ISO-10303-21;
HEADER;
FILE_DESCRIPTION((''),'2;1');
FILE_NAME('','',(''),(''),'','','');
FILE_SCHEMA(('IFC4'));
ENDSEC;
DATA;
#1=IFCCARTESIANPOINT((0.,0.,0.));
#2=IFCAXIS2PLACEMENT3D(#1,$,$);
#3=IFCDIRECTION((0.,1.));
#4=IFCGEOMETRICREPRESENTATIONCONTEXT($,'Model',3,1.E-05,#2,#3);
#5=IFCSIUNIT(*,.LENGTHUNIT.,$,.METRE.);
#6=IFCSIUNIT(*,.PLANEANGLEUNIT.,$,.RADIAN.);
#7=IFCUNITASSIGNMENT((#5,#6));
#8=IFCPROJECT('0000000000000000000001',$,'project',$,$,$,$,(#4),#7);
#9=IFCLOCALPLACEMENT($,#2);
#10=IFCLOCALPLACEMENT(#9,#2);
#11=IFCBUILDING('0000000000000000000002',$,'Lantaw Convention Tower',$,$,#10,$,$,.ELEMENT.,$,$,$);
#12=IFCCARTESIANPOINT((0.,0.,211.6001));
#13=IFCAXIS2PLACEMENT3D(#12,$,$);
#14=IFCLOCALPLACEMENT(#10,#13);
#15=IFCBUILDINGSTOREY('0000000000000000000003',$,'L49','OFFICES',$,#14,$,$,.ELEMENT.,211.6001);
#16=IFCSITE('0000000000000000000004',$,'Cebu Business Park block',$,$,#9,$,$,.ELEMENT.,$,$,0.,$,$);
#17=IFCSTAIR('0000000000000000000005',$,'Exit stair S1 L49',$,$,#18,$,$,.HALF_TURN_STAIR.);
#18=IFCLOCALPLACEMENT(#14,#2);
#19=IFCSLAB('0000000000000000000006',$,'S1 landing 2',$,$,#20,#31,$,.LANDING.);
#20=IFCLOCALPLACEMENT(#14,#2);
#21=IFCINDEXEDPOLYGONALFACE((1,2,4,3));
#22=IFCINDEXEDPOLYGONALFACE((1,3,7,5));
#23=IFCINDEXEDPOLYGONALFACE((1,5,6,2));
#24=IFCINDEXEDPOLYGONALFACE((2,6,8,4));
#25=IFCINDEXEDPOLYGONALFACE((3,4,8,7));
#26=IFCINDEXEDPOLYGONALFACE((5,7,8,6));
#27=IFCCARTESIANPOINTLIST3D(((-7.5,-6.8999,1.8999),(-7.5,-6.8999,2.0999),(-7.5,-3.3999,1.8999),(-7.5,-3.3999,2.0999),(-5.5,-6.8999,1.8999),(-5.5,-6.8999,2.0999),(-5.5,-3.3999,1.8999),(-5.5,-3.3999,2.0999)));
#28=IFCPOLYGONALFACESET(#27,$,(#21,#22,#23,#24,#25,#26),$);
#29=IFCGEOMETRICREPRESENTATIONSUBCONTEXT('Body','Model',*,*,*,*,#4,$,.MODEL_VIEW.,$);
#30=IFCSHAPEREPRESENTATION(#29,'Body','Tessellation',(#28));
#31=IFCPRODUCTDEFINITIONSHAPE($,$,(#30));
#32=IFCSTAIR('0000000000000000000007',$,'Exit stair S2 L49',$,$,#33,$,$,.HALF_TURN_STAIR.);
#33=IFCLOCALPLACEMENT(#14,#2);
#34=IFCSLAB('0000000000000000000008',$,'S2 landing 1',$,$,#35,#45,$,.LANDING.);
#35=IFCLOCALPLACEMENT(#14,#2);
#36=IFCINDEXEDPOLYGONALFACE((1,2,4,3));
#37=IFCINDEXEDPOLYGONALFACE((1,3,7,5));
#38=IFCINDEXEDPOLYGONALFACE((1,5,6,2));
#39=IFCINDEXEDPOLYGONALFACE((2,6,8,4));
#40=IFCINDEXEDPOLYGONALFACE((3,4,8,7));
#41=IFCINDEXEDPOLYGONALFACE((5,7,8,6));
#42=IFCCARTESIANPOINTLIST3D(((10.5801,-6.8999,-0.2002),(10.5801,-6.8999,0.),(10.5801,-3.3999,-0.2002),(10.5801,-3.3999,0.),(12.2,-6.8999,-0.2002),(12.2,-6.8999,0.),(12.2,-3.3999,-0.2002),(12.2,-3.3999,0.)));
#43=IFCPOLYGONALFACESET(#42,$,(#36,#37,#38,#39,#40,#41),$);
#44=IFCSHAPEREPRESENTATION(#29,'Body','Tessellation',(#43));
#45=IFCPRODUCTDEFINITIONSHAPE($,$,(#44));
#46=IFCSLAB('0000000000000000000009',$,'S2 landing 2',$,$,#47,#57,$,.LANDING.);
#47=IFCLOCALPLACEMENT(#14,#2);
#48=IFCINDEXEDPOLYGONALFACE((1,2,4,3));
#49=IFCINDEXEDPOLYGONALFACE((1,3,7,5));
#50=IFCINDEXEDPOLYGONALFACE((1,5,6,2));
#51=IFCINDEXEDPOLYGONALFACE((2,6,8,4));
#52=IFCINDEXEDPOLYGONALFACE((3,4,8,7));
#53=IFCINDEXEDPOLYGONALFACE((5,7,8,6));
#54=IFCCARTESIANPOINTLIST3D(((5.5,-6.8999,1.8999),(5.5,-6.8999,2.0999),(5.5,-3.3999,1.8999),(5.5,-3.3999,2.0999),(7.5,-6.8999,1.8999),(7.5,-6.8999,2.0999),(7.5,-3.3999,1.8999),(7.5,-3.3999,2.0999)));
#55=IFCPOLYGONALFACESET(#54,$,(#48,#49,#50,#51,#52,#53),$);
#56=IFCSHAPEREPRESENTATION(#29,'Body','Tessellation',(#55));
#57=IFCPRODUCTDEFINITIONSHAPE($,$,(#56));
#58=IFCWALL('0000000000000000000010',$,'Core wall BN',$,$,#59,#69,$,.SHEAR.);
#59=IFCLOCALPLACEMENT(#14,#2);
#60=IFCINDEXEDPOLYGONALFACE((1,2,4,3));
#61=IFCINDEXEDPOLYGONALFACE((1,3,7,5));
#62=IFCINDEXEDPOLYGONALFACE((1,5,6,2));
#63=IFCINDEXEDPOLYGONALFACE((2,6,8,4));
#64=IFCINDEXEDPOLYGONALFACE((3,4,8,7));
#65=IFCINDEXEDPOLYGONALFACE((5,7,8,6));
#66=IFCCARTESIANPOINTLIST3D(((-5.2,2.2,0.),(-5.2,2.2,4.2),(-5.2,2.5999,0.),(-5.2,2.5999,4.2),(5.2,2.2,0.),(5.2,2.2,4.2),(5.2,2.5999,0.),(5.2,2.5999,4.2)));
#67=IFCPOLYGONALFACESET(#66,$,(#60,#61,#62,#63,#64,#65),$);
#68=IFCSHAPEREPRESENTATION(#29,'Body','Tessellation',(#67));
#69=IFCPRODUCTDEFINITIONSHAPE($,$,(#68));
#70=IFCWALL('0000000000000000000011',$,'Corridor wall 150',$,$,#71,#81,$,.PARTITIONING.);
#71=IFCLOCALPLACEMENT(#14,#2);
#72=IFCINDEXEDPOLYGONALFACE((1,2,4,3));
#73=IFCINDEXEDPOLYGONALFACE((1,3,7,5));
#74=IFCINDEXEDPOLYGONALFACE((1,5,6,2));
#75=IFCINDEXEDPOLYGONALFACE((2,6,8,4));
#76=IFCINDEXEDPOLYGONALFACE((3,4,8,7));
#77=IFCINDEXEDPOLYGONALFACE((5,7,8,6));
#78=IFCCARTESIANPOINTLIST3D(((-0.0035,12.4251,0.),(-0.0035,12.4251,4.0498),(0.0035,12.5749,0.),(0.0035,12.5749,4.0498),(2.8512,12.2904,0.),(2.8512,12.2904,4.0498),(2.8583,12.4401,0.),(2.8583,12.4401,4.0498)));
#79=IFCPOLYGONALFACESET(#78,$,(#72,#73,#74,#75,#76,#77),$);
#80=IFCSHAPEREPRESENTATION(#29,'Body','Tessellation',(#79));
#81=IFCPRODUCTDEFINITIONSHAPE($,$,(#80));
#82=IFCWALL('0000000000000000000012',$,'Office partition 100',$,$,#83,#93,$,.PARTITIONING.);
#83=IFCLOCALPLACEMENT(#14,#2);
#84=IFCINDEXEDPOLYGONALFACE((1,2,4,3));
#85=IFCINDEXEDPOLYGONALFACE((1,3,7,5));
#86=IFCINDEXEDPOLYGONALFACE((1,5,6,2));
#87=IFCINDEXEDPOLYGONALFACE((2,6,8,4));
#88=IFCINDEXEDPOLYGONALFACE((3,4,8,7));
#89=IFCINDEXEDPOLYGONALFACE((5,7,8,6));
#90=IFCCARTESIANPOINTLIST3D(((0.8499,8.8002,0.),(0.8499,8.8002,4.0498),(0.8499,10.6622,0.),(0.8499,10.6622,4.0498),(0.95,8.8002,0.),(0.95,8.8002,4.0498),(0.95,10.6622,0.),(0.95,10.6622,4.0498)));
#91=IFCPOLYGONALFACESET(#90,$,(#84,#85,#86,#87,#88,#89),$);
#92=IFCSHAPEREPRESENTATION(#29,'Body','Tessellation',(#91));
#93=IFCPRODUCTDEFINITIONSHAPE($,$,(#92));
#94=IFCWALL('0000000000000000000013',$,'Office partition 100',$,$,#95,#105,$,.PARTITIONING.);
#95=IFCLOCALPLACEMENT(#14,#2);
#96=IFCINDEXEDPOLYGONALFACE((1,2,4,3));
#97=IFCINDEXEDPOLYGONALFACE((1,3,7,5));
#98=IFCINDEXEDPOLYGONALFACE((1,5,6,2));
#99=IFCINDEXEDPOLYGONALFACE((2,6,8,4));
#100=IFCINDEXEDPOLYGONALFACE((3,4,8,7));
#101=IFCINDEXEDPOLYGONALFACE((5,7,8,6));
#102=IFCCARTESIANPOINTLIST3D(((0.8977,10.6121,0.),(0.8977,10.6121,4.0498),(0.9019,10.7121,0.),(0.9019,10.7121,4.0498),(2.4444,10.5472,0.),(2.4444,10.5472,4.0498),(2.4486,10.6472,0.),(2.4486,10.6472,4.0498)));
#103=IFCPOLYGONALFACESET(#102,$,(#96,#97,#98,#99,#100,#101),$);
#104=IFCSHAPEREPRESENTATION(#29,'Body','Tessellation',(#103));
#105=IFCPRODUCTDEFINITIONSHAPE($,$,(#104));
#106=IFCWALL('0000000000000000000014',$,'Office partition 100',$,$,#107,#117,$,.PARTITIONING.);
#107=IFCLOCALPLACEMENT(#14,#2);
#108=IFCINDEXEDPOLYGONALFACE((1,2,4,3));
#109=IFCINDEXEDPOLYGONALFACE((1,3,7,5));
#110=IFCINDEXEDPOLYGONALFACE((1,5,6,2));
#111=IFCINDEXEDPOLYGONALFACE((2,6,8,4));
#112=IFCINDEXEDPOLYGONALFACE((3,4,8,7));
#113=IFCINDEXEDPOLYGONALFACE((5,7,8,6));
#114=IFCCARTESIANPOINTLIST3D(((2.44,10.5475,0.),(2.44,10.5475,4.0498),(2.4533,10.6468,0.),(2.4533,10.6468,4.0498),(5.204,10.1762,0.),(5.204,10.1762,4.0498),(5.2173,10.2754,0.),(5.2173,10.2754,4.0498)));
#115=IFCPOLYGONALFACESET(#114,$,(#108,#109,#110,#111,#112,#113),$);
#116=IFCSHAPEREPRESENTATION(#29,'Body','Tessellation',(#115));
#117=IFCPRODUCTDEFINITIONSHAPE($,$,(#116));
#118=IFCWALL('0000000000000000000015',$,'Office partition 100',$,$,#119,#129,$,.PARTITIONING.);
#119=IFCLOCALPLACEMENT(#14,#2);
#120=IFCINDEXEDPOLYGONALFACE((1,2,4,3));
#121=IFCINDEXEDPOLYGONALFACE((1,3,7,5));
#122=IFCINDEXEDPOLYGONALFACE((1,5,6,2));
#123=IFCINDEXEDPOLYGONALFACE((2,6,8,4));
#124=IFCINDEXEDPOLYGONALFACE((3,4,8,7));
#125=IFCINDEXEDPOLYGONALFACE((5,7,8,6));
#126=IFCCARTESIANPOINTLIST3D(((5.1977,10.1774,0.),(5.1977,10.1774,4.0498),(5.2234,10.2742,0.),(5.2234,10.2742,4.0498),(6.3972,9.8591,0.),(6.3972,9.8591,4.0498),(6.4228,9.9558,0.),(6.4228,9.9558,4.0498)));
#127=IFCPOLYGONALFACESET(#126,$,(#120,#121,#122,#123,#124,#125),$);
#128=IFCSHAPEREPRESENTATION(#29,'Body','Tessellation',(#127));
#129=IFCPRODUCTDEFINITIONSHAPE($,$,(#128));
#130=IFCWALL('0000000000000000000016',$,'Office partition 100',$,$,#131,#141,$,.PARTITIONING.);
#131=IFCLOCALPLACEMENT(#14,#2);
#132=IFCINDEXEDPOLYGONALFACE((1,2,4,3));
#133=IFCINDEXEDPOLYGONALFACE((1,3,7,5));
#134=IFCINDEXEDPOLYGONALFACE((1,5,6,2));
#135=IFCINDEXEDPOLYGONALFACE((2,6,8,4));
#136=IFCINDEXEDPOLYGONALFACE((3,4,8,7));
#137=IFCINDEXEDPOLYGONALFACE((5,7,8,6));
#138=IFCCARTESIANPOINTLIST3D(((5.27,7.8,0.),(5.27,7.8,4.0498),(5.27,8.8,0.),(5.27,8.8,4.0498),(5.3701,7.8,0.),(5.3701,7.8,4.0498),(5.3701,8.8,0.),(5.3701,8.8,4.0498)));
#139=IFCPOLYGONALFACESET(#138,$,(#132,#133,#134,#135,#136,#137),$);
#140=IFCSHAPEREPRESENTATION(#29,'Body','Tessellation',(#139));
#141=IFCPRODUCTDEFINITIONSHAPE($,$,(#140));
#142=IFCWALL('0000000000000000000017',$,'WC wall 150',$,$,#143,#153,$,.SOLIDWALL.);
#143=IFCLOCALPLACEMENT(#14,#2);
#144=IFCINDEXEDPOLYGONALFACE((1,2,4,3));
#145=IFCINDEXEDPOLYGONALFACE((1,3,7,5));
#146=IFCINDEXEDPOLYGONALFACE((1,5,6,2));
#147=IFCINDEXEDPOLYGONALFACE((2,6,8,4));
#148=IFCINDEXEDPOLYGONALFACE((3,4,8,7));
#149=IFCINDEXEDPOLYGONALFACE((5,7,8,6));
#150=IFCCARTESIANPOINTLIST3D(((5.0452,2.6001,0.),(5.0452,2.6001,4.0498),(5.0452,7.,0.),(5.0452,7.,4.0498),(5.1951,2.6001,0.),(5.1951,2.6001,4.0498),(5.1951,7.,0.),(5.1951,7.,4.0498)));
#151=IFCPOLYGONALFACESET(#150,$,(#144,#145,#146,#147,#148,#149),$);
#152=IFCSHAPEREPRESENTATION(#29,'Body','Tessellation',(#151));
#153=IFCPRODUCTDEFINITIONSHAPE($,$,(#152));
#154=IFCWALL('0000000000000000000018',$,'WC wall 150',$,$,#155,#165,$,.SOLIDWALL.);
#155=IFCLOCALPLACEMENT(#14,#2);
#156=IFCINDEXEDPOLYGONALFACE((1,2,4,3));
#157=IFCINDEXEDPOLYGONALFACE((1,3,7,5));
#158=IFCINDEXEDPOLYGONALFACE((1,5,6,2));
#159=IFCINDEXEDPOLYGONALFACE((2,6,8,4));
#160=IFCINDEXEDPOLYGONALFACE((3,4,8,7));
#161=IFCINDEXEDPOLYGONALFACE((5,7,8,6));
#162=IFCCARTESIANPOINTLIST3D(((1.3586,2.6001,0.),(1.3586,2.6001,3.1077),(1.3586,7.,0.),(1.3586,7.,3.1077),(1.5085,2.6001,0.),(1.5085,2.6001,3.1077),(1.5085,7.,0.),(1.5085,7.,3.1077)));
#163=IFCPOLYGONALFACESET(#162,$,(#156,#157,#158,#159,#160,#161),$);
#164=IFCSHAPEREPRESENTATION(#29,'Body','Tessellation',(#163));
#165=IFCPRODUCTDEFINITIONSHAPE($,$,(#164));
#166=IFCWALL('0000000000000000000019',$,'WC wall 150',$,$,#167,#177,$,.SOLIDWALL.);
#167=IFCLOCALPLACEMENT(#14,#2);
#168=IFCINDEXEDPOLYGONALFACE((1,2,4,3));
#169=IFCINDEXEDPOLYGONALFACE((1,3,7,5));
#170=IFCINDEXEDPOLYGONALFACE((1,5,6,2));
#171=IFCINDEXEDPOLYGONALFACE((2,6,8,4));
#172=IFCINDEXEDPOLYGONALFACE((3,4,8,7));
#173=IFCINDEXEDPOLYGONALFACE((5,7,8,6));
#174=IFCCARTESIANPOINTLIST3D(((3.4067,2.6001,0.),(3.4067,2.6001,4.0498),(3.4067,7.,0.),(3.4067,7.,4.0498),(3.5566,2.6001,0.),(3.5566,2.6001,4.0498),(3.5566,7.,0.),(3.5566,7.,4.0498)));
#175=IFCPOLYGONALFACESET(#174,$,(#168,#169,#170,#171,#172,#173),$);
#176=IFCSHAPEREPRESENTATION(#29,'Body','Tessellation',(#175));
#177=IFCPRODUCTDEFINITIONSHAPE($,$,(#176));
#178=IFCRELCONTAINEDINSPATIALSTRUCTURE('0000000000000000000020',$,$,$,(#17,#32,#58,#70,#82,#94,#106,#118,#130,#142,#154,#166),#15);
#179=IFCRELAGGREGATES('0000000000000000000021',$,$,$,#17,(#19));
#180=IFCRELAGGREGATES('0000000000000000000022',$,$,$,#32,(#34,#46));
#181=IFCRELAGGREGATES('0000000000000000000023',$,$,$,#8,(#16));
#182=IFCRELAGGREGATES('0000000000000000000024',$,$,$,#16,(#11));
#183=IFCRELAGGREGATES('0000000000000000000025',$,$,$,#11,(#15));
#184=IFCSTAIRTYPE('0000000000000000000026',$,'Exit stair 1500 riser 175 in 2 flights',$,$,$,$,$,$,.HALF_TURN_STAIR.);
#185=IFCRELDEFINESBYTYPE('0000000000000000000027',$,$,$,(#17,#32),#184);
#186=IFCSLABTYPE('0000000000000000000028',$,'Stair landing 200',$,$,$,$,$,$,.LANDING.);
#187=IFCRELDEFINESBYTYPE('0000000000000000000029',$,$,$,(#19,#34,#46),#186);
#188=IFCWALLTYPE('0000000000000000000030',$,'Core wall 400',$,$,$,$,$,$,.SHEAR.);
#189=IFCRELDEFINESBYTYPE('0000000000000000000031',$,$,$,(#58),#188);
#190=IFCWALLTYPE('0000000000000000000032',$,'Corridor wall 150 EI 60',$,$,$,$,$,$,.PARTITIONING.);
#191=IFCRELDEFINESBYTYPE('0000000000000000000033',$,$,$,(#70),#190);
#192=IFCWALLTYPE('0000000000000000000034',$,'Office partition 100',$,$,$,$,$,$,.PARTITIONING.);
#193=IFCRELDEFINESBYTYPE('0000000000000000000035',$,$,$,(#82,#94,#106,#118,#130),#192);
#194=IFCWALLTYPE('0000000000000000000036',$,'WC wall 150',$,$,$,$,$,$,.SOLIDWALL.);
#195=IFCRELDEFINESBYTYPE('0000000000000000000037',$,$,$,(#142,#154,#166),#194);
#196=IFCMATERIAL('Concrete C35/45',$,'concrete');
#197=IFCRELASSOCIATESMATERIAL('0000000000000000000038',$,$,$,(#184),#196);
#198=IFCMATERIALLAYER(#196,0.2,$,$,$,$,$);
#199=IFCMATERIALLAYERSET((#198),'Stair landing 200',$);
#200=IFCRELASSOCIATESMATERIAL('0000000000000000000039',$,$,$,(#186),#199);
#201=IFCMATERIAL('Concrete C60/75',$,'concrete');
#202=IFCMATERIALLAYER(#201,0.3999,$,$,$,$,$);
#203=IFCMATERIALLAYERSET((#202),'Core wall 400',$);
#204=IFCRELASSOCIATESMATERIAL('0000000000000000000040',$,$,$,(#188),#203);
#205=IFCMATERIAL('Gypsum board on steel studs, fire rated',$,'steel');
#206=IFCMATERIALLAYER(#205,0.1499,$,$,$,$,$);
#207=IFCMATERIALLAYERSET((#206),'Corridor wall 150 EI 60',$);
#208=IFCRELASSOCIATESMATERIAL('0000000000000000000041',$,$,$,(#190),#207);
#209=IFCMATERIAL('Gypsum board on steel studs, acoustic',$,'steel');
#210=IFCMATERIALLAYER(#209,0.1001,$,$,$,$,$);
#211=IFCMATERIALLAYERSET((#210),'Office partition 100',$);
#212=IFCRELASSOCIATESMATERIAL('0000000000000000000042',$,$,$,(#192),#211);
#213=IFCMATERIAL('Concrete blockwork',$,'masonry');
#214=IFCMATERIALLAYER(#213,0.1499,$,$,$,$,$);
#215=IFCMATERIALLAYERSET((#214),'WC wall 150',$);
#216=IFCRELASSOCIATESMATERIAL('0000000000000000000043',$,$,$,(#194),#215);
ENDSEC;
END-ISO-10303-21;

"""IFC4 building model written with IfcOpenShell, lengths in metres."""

from ifc_helpers import new_model, si_unit, direction, frame, frame_2d, origin, place, context, subcontext, project, spatial, polyline, rectangle, outline, extrude, material, layer, layer_set, type_object, element, aggregate, save


model = new_model("IFC4")

# Units and contexts
model_context = context("Model", 3, precision=1e-05, world=origin(), true_north=direction((0.0, 1.0)))
body_context = subcontext(model_context, "Body", "Model", "MODEL_VIEW")
ifc_project = project(units=[si_unit("LENGTHUNIT", "METRE"), si_unit("PLANEANGLEUNIT", "RADIAN")], contexts=[model_context])

# Site, building, storey
site_placement = place(None, origin())
site = spatial("IfcSite", under=ifc_project, at=site_placement, Name="Cebu Business Park block", CompositionType="ELEMENT", RefElevation=0.0)
building_placement = place(site_placement, origin())
building = spatial("IfcBuilding", under=site, at=building_placement, Name="Lantaw Convention Tower", CompositionType="ELEMENT")
storey_placement = place(building_placement, frame((0.0, 0.0, 211.6001)))
storey = spatial("IfcBuildingStorey", under=building, at=storey_placement, Name="L49", Description="OFFICES", CompositionType="ELEMENT", Elevation=211.6001)

# Stair, slab
ifc_material_1 = material(Name="Concrete C35/45", Category="concrete")
stair_type = type_object("IfcStairType", Name="Exit stair 1500 riser 175 in 2 flights", PredefinedType="HALF_TURN_STAIR", material=ifc_material_1)
stair_1_placement = place(storey_placement, origin())
stair_1 = element("IfcStair", 1, at=stair_1_placement, inside=storey, type_object=stair_type, Name="Exit stair S1 L49", PredefinedType="HALF_TURN_STAIR")
ifc_layer_1 = layer(ifc_material_1, 0.2)
ifc_layer_set_1 = layer_set([ifc_layer_1], Name="Stair landing 200")
slab_type = type_object("IfcSlabType", Name="Stair landing 200", PredefinedType="LANDING", material=ifc_layer_set_1)
slab_1_placement = place(storey_placement, frame((0.0, 0.0, 1.8999)))
slab_1 = element("IfcSlab", 2, at=slab_1_placement, type_object=slab_type, Name="S1 landing 2", PredefinedType="LANDING", context=body_context, shape_type="SweptSolid", body=[
    extrude(outline(polyline([(-7.5, -6.8999), (-5.5, -6.8999), (-5.5, -3.3999), (-7.5, -3.3999), (-7.5, -6.8999)])), origin(), (0.0, 0.0, 1.0), 0.2),
])
aggregate(stair_1, [slab_1])

# Stair, slabs
stair_2_placement = place(storey_placement, origin())
stair_2 = element("IfcStair", 3, at=stair_2_placement, inside=storey, type_object=stair_type, Name="Exit stair S2 L49", PredefinedType="HALF_TURN_STAIR")
slab_2_placement = place(storey_placement, frame((0.0, 0.0, -0.2002)))
slab_2 = element("IfcSlab", 4, at=slab_2_placement, type_object=slab_type, Name="S2 landing 1", PredefinedType="LANDING", context=body_context, shape_type="SweptSolid", body=[
    extrude(outline(polyline([(10.5801, -6.8999), (12.2, -6.8999), (12.2, -3.3999), (10.5801, -3.3999), (10.5801, -6.8999)])), origin(), (0.0, 0.0, 1.0), 0.2002),
])
slab_3_placement = place(storey_placement, frame((0.0, 0.0, 1.8999)))
slab_3 = element("IfcSlab", 5, at=slab_3_placement, type_object=slab_type, Name="S2 landing 2", PredefinedType="LANDING", context=body_context, shape_type="SweptSolid", body=[
    extrude(outline(polyline([(5.5, -6.8999), (7.5, -6.8999), (7.5, -3.3999), (5.5, -3.3999), (5.5, -6.8999)])), origin(), (0.0, 0.0, 1.0), 0.2),
])
aggregate(stair_2, [slab_2, slab_3])

# Walls
ifc_material_2 = material(Name="Concrete C60/75", Category="concrete")
ifc_layer_2 = layer(ifc_material_2, 0.3999)
ifc_layer_set_2 = layer_set([ifc_layer_2], Name="Core wall 400")
wall_type_1 = type_object("IfcWallType", Name="Core wall 400", PredefinedType="SHEAR", material=ifc_layer_set_2)
wall_1_placement = place(storey_placement, frame((5.2, 2.3999, 0.0), z_axis=(0.0, 0.0, 1.0), x_axis=(-1.0, 0.0, 0.0)))
element("IfcWall", 6, at=wall_1_placement, inside=storey, type_object=wall_type_1, Name="Core wall BN", PredefinedType="SHEAR", context=body_context, shape_type="SweptSolid", body=[
    extrude(rectangle(XDim=10.3999, YDim=0.3999, at=frame_2d((5.2, 0.0))), origin(), (0.0, 0.0, 1.0), 4.2),
])
ifc_material_3 = material(Name="Gypsum board on steel studs, fire rated", Category="steel")
ifc_layer_3 = layer(ifc_material_3, 0.1499)
ifc_layer_set_3 = layer_set([ifc_layer_3], Name="Corridor wall 150 EI 60")
wall_type_2 = type_object("IfcWallType", Name="Corridor wall 150 EI 60", PredefinedType="PARTITIONING", material=ifc_layer_set_3)
wall_2_placement = place(storey_placement, frame((2.8547, 12.3652, 0.0), z_axis=(0.0, 0.0, 1.0), x_axis=(-0.998888, 0.047155, 0.0)))
element("IfcWall", 7, at=wall_2_placement, inside=storey, type_object=wall_type_2, Name="Corridor wall 150", PredefinedType="PARTITIONING", context=body_context, shape_type="SweptSolid", body=[
    extrude(rectangle(XDim=2.8579, YDim=0.1499, at=frame_2d((1.429, 0.0))), origin(), (0.0, 0.0, 1.0), 4.0498),
])
ifc_material_4 = material(Name="Gypsum board on steel studs, acoustic", Category="steel")
ifc_layer_4 = layer(ifc_material_4, 0.1001)
ifc_layer_set_4 = layer_set([ifc_layer_4], Name="Office partition 100")
wall_type_3 = type_object("IfcWallType", Name="Office partition 100", PredefinedType="PARTITIONING", material=ifc_layer_set_4)
wall_3_placement = place(storey_placement, frame((0.8999, 8.8, 0.0), z_axis=(0.0, 0.0, 1.0), x_axis=(0.0, 1.0, 0.0)))
element("IfcWall", 8, at=wall_3_placement, inside=storey, type_object=wall_type_3, Name="Office partition 100", PredefinedType="PARTITIONING", context=body_context, shape_type="SweptSolid", body=[
    extrude(rectangle(XDim=1.8621, YDim=0.1001, at=frame_2d((0.9312, 0.0))), origin(), (0.0, 0.0, 1.0), 4.0498),
])
wall_4_placement = place(storey_placement, frame((0.8999, 10.6621, 0.0), z_axis=(0.0, 0.0, 1.0), x_axis=(0.99912, -0.041952, 0.0)))
element("IfcWall", 9, at=wall_4_placement, inside=storey, type_object=wall_type_3, Name="Office partition 100", PredefinedType="PARTITIONING", context=body_context, shape_type="SweptSolid", body=[
    extrude(rectangle(XDim=1.5481, YDim=0.1001, at=frame_2d((0.7739, 0.0))), origin(), (0.0, 0.0, 1.0), 4.0498),
])
wall_5_placement = place(storey_placement, frame((2.4465, 10.5972, 0.0), z_axis=(0.0, 0.0, 1.0), x_axis=(0.991095, -0.133156, 0.0)))
element("IfcWall", 10, at=wall_5_placement, inside=storey, type_object=wall_type_3, Name="Office partition 100", PredefinedType="PARTITIONING", context=body_context, shape_type="SweptSolid", body=[
    extrude(rectangle(XDim=2.7888, YDim=0.1001, at=frame_2d((1.3945, 0.0))), origin(), (0.0, 0.0, 1.0), 4.0498),
])
wall_6_placement = place(storey_placement, frame((5.2104, 10.2258, 0.0), z_axis=(0.0, 0.0, 1.0), x_axis=(0.966535, -0.256536, 0.0)))
element("IfcWall", 11, at=wall_6_placement, inside=storey, type_object=wall_type_3, Name="Office partition 100", PredefinedType="PARTITIONING", context=body_context, shape_type="SweptSolid", body=[
    extrude(rectangle(XDim=1.241, YDim=0.1001, at=frame_2d((0.6206, 0.0))), origin(), (0.0, 0.0, 1.0), 4.0498),
])
wall_7_placement = place(storey_placement, frame((5.3201, 7.8, 0.0), z_axis=(0.0, 0.0, 1.0), x_axis=(0.0, 1.0, 0.0)))
element("IfcWall", 12, at=wall_7_placement, inside=storey, type_object=wall_type_3, Name="Office partition 100", PredefinedType="PARTITIONING", context=body_context, shape_type="SweptSolid", body=[
    extrude(rectangle(XDim=1.0, YDim=0.1001, at=frame_2d((0.5, 0.0))), origin(), (0.0, 0.0, 1.0), 4.0498),
])
ifc_material_5 = material(Name="Concrete blockwork", Category="masonry")
ifc_layer_5 = layer(ifc_material_5, 0.1499)
ifc_layer_set_5 = layer_set([ifc_layer_5], Name="WC wall 150")
wall_type_4 = type_object("IfcWallType", Name="WC wall 150", PredefinedType="SOLIDWALL", material=ifc_layer_set_5)
wall_8_placement = place(storey_placement, frame((5.1201, 2.6001, 0.0), z_axis=(0.0, 0.0, 1.0), x_axis=(0.0, 1.0, 0.0)))
element("IfcWall", 13, at=wall_8_placement, inside=storey, type_object=wall_type_4, Name="WC wall 150", PredefinedType="SOLIDWALL", context=body_context, shape_type="SweptSolid", body=[
    extrude(rectangle(XDim=4.3999, YDim=0.1499, at=frame_2d((2.2, 0.0))), origin(), (0.0, 0.0, 1.0), 4.0498),
])
wall_9_placement = place(storey_placement, frame((1.4336, 2.6001, 0.0), z_axis=(0.0, 0.0, 1.0), x_axis=(0.0, 1.0, 0.0)))
element("IfcWall", 14, at=wall_9_placement, inside=storey, type_object=wall_type_4, Name="WC wall 150", PredefinedType="SOLIDWALL", context=body_context, shape_type="SweptSolid", body=[
    extrude(rectangle(XDim=4.3999, YDim=0.1499, at=frame_2d((2.2, 0.0))), origin(), (0.0, 0.0, 1.0), 3.1077),
])
wall_10_placement = place(storey_placement, frame((3.4817, 2.6001, 0.0), z_axis=(0.0, 0.0, 1.0), x_axis=(0.0, 1.0, 0.0)))
element("IfcWall", 15, at=wall_10_placement, inside=storey, type_object=wall_type_4, Name="WC wall 150", PredefinedType="SOLIDWALL", context=body_context, shape_type="SweptSolid", body=[
    extrude(rectangle(XDim=4.3999, YDim=0.1499, at=frame_2d((2.2, 0.0))), origin(), (0.0, 0.0, 1.0), 4.0498),
])

save(model, "model.ifc")
